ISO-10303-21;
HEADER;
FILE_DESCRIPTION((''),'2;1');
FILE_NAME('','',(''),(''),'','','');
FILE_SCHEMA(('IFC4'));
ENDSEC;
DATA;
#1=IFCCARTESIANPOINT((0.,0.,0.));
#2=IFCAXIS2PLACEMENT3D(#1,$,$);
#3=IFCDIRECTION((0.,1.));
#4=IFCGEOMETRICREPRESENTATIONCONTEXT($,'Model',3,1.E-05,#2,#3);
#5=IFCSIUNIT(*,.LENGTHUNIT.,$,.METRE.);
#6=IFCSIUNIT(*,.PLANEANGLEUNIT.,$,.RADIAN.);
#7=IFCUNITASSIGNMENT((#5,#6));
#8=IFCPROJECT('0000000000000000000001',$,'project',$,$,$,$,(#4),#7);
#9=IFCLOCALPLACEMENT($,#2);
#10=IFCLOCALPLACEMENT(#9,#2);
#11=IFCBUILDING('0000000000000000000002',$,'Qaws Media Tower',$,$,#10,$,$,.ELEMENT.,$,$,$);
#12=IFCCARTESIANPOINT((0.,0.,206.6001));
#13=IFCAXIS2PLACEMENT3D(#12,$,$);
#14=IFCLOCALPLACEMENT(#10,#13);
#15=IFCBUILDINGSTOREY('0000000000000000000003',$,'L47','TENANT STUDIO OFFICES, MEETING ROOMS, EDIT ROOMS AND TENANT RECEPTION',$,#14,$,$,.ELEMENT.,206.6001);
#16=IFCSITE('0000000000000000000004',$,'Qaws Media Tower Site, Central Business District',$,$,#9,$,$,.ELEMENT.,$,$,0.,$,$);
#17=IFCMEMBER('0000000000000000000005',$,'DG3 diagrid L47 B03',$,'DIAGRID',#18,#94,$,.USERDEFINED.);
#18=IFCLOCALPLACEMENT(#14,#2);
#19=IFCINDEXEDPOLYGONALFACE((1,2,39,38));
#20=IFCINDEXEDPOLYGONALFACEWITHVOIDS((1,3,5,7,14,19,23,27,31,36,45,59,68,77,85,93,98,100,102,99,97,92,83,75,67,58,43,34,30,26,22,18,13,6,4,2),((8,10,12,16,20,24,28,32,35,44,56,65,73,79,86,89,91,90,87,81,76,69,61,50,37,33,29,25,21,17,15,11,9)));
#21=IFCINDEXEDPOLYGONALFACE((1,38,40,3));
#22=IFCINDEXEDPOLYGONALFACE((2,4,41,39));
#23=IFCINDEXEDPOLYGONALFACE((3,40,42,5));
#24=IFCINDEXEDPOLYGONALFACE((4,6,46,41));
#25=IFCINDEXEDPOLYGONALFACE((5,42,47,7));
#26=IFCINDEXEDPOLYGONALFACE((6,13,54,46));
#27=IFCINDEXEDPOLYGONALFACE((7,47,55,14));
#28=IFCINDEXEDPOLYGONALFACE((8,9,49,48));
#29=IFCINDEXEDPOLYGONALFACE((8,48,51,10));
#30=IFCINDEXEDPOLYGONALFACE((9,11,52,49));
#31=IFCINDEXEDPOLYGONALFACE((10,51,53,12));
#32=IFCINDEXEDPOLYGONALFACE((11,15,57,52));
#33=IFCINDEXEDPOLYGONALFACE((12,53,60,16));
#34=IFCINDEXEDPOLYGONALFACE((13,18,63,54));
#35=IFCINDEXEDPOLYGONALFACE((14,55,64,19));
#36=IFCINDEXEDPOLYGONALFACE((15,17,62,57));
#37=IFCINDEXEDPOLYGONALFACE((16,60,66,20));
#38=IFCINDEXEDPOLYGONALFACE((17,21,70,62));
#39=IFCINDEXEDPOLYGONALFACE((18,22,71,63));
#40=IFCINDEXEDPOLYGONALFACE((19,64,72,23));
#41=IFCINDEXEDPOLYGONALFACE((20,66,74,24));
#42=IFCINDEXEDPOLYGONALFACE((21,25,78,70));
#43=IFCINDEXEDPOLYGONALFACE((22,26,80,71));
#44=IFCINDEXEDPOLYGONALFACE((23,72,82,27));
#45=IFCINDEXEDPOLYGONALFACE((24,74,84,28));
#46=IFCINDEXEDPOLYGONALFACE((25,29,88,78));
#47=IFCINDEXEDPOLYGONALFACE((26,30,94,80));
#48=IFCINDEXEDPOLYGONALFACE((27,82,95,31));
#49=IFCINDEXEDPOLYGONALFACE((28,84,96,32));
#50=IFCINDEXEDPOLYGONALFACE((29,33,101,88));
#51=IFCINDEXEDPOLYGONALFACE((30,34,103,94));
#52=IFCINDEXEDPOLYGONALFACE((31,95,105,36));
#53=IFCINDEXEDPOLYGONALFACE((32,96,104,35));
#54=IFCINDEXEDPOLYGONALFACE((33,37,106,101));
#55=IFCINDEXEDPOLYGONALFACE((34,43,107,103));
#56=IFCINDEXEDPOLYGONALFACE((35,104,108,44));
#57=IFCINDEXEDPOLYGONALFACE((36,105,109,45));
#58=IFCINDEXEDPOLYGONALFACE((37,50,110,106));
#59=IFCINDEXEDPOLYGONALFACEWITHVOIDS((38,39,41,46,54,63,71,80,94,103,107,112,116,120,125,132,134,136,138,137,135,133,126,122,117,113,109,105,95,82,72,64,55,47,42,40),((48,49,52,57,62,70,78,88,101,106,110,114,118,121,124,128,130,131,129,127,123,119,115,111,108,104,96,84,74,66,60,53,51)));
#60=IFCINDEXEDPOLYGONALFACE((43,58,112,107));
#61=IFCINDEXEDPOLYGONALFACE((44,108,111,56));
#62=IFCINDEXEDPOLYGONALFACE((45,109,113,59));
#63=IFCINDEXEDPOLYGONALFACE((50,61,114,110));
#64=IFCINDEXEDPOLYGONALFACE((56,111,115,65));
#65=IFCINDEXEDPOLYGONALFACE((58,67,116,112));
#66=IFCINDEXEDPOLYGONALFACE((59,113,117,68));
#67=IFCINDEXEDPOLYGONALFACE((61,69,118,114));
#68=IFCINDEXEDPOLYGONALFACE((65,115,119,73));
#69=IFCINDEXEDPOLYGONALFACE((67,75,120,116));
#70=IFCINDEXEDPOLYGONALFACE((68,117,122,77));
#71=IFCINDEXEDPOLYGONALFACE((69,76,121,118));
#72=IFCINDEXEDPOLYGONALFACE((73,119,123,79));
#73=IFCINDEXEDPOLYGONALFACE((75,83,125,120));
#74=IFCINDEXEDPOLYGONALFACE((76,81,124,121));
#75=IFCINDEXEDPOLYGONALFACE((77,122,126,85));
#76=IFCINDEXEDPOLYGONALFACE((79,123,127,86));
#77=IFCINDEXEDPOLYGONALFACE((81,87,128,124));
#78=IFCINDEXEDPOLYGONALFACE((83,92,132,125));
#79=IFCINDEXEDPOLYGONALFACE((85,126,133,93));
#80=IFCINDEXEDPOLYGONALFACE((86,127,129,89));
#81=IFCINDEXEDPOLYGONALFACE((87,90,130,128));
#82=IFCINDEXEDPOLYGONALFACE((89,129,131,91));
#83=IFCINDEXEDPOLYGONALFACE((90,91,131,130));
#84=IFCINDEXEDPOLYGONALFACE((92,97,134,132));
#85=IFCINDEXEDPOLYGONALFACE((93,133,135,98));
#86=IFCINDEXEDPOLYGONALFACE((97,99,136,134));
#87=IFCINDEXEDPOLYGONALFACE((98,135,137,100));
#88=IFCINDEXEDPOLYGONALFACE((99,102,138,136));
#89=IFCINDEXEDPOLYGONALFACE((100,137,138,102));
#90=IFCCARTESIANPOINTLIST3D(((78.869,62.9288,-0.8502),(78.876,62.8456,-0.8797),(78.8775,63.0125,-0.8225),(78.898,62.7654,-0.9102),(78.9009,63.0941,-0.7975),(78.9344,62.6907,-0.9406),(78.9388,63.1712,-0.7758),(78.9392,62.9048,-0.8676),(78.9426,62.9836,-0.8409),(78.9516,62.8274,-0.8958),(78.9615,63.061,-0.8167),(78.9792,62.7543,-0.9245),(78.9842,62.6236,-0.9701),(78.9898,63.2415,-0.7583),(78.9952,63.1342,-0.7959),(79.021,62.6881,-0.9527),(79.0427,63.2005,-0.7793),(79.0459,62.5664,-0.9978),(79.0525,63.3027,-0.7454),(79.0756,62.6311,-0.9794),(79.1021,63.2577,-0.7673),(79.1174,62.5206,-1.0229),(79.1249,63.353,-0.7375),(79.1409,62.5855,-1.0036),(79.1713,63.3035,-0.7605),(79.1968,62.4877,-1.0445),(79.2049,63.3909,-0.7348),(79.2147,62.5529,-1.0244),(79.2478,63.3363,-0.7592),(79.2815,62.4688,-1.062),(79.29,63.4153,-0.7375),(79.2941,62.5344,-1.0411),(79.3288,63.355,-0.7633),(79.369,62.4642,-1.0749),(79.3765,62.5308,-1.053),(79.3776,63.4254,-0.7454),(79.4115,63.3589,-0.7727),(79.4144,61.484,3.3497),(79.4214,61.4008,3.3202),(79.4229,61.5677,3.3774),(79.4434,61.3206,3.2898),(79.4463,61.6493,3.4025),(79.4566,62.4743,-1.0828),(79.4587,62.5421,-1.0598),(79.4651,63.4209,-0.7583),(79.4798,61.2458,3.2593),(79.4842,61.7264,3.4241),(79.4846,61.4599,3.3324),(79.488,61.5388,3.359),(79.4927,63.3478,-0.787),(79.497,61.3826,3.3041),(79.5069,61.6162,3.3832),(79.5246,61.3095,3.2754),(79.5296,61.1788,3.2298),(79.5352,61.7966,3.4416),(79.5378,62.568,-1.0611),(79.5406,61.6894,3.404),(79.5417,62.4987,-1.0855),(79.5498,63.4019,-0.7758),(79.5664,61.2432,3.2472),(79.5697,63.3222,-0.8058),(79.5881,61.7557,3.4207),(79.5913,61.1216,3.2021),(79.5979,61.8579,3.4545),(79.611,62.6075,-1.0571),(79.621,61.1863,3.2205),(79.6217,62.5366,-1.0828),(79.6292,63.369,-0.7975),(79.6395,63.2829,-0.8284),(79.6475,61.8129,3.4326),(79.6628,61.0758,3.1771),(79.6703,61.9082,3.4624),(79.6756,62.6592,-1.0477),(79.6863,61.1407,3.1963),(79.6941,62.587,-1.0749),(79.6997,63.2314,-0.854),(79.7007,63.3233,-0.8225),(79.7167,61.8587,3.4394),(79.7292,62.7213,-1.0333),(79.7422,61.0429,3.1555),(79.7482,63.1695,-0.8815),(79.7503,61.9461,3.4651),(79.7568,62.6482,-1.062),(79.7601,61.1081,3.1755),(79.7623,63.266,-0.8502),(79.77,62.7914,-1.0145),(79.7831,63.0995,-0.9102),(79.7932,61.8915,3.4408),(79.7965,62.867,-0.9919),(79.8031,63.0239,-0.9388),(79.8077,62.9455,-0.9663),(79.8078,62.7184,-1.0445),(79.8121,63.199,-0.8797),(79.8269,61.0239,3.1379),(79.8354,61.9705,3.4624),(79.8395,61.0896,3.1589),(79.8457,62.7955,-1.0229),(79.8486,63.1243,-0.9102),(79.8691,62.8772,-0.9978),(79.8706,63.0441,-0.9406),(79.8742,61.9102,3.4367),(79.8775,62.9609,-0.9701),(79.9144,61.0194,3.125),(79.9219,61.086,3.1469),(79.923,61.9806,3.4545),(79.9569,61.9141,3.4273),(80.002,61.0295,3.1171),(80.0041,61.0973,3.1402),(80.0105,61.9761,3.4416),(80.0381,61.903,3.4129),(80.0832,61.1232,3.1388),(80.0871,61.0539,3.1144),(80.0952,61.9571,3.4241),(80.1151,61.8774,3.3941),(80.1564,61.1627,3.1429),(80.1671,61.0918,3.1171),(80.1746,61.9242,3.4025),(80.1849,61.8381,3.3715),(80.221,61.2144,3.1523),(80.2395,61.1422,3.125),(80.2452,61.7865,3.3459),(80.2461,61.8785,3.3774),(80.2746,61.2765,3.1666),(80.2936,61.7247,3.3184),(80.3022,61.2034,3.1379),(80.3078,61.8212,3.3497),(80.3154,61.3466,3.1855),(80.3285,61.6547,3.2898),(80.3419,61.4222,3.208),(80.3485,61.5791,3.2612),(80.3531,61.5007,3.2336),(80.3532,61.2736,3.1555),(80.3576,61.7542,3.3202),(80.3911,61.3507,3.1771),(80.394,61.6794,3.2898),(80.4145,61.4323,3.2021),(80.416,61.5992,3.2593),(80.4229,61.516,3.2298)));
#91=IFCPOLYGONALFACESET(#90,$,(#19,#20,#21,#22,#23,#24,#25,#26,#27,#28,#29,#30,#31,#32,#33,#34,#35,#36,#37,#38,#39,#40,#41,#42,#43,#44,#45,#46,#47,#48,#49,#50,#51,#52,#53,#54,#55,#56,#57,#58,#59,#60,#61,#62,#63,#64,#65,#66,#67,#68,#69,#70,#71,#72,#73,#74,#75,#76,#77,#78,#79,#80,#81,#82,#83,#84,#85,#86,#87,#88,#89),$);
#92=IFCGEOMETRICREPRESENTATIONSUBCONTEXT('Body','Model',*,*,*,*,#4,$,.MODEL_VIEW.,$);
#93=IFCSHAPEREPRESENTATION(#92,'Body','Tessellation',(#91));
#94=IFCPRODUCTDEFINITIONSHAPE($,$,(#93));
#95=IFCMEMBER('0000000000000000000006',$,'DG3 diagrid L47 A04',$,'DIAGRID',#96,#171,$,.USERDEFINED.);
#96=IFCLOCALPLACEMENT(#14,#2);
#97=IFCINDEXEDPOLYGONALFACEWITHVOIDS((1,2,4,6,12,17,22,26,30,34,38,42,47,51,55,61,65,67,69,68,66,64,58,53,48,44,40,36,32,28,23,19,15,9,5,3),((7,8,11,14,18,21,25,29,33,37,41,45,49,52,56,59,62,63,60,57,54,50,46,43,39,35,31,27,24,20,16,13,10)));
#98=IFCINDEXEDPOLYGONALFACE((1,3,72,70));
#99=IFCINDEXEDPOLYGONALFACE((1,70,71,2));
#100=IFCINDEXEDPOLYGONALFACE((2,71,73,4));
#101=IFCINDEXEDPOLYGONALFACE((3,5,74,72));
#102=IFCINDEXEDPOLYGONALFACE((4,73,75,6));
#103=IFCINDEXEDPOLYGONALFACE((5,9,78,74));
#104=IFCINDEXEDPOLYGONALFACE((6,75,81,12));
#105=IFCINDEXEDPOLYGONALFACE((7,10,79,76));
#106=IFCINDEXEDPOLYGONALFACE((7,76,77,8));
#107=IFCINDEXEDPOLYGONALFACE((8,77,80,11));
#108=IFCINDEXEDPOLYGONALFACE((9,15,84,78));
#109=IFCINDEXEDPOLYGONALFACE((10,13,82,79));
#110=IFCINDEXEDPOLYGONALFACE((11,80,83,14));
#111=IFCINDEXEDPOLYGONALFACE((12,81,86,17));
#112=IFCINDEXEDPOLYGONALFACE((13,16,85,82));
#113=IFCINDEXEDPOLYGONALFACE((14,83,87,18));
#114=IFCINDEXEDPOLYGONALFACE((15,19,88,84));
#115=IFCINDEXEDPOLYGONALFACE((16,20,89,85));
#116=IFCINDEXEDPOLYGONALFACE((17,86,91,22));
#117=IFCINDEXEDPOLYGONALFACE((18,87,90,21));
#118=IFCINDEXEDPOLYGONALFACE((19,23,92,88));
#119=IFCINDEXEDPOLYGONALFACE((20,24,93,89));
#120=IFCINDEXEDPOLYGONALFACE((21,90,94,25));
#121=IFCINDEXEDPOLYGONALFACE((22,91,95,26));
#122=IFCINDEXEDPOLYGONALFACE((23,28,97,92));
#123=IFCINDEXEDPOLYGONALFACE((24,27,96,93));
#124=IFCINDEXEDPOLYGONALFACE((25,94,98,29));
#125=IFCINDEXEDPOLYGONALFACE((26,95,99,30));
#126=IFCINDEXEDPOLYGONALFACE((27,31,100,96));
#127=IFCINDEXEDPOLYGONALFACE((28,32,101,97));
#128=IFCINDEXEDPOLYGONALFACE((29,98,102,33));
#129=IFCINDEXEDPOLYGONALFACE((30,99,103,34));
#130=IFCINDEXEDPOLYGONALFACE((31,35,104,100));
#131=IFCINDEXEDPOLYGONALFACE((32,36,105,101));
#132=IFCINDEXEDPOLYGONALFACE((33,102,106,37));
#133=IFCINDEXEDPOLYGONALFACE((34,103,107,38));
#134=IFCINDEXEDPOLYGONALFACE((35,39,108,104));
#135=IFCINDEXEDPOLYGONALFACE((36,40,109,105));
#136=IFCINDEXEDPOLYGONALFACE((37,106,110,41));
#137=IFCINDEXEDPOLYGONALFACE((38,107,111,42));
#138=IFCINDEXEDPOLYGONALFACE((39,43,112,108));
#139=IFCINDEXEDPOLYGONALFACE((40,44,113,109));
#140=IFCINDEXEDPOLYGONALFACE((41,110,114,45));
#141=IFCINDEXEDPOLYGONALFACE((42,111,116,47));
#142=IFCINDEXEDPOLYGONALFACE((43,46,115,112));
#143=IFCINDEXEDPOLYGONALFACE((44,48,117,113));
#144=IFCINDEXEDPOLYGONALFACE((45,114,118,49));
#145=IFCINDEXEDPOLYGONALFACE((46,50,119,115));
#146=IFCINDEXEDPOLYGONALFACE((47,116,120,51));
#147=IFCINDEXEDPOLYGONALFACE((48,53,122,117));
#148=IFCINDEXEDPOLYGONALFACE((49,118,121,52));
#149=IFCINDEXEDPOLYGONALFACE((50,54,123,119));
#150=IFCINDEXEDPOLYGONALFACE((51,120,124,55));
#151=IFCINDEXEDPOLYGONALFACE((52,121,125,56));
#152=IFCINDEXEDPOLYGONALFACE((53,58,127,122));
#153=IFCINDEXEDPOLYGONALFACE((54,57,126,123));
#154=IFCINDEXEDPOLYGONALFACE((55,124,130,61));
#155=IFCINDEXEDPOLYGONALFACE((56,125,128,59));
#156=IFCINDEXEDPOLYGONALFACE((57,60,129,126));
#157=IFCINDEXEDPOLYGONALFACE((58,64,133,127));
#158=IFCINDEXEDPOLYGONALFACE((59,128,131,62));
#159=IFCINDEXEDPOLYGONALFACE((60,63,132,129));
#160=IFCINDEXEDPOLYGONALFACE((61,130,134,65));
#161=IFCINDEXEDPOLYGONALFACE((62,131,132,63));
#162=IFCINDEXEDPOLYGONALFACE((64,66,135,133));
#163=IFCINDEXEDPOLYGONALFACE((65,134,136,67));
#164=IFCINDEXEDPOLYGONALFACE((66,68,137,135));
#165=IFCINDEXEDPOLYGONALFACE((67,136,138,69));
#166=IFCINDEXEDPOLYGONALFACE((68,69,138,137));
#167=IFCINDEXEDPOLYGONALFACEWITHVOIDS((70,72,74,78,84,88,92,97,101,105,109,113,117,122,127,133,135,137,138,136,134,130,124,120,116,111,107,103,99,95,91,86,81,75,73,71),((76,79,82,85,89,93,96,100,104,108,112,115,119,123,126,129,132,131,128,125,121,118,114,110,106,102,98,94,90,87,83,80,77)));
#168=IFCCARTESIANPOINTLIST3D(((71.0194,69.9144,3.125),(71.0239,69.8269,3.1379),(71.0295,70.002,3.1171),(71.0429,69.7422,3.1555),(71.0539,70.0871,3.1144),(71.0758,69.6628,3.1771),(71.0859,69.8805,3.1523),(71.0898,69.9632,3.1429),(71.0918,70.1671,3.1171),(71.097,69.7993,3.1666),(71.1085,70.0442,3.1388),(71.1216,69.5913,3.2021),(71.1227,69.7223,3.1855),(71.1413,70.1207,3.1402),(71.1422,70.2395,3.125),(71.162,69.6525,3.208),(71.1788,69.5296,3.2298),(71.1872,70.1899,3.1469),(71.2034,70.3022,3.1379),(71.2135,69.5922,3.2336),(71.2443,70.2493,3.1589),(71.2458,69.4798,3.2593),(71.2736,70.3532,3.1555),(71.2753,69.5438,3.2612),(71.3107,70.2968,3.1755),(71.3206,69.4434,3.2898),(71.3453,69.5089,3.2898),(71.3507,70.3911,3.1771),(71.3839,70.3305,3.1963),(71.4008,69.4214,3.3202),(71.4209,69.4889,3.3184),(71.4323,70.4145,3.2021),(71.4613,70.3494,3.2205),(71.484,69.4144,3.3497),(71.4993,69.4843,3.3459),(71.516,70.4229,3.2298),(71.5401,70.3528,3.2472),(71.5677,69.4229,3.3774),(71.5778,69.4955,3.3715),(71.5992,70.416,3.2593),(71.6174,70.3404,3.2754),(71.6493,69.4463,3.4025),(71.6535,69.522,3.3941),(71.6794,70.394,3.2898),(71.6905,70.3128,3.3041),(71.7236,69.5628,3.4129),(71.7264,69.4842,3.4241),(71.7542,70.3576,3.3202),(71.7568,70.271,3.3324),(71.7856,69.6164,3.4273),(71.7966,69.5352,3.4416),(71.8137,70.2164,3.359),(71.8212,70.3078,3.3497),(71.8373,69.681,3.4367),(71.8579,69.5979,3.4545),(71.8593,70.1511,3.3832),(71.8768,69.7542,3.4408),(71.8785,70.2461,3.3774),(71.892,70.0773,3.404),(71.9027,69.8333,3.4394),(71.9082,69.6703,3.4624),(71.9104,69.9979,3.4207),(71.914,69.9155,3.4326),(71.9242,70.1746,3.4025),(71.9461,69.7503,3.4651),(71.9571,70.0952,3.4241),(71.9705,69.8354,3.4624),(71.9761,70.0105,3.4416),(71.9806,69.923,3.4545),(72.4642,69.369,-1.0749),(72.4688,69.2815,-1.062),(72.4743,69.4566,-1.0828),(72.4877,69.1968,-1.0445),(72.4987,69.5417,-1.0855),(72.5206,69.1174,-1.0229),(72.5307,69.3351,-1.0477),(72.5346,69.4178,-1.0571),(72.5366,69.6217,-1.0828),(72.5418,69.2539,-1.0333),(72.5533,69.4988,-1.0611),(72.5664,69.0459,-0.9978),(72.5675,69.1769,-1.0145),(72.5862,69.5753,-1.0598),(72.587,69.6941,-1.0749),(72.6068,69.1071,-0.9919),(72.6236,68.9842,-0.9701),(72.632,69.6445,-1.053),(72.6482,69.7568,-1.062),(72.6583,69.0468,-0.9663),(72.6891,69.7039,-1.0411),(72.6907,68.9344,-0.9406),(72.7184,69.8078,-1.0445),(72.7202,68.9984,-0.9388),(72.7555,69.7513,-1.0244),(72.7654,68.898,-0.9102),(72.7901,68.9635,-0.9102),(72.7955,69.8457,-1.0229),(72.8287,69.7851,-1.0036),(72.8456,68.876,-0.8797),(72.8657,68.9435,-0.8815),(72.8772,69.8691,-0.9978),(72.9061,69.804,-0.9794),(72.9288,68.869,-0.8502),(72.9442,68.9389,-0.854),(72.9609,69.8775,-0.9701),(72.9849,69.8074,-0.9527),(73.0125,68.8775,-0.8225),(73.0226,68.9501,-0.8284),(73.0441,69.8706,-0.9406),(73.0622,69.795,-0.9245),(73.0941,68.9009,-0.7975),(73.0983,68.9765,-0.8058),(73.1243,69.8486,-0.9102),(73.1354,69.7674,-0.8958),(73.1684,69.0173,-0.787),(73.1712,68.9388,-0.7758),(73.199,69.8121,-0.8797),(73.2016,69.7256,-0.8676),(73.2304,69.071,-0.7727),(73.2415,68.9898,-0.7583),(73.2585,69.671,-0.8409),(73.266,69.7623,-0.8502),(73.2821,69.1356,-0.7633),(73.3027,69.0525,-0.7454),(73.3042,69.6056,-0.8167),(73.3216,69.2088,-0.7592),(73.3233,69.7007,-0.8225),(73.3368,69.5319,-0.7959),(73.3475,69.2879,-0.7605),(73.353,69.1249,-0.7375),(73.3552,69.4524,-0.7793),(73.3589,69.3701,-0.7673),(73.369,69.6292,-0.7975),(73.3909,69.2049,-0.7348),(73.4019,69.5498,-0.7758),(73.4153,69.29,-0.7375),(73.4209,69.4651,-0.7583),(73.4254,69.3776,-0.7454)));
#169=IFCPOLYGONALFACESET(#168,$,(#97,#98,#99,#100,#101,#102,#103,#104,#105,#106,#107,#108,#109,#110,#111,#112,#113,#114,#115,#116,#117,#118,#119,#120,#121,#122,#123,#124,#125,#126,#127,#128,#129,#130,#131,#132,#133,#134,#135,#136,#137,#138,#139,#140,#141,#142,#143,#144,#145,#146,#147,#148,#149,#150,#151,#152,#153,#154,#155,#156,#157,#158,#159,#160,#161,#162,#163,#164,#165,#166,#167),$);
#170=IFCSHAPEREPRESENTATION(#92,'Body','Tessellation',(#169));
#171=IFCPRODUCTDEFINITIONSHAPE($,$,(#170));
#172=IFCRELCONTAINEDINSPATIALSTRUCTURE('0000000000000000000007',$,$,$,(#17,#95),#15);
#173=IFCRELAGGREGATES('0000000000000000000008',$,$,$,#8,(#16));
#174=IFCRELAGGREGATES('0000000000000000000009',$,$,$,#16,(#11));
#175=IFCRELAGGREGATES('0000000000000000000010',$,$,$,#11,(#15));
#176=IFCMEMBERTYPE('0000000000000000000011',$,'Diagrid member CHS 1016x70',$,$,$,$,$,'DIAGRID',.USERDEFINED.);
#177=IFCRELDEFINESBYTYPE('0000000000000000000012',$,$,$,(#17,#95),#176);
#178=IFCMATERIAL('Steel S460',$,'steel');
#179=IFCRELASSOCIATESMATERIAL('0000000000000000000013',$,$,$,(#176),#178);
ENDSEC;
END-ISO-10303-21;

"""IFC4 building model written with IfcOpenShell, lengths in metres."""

from ifc_helpers import new_model, si_unit, direction, frame, origin, origin_2d, place, context, subcontext, project, spatial, hollow_circle, extrude, material, material_profile, profile_set, type_object, element, save


model = new_model("IFC4")

# Units and contexts
model_context = context("Model", 3, precision=1e-05, world=origin(), true_north=direction((0.0, 1.0)))
body_context = subcontext(model_context, "Body", "Model", "MODEL_VIEW")
ifc_project = project(units=[si_unit("LENGTHUNIT", "METRE"), si_unit("PLANEANGLEUNIT", "RADIAN")], contexts=[model_context])

# Site, building, storey
site_placement = place(None, origin())
site = spatial("IfcSite", under=ifc_project, at=site_placement, Name="Qaws Media Tower Site, Central Business District", CompositionType="ELEMENT", RefElevation=0.0)
building_placement = place(site_placement, origin())
building = spatial("IfcBuilding", under=site, at=building_placement, Name="Qaws Media Tower", CompositionType="ELEMENT")
storey_placement = place(building_placement, frame((0.0, 0.0, 206.6001)))
storey = spatial("IfcBuildingStorey", under=building, at=storey_placement, Name="L47", Description="TENANT STUDIO OFFICES, MEETING ROOMS, EDIT ROOMS AND TENANT RECEPTION", CompositionType="ELEMENT", Elevation=206.6001)

# Members
ifc_material_1 = material(Name="Steel S460", Category="steel")
ifc_material_profile_1 = material_profile(ifc_material_1, hollow_circle(Radius=0.5081, WallThickness=0.0701, at=origin_2d()), Name="CHS 1016x70")
ifc_profile_set_1 = profile_set([ifc_material_profile_1], Name="Steel S460")
member_type_1 = type_object("IfcMemberType", Name="Diagrid member CHS 1016x70", ElementType="DIAGRID", PredefinedType="USERDEFINED", material=ifc_profile_set_1)
for number, where, z_axis, x_axis, name in (
    (1, (79.3733, 62.9448, -0.9102), (0.121883, -0.322874, 0.938561), (0.93556, 0.353167, 0.0), "DG3 diagrid L47 B03"),
    (2, (72.9448, 69.3733, -0.9102), (-0.322874, 0.121883, 0.938561), (-0.353167, -0.93556, 0.0), "DG3 diagrid L47 A04"),
):
    element("IfcMember", number, at=place(storey_placement, frame(where, z_axis=z_axis, x_axis=x_axis)), inside=storey, type_object=member_type_1, Name=name, ObjectType="DIAGRID", PredefinedType="USERDEFINED", context=body_context, shape_type="SweptSolid", body=[
        extrude(hollow_circle(Radius=0.5081, WallThickness=0.0701, at=origin_2d()), origin(), (0.0, 0.0, 1.0), 4.4749),
    ])

save(model, "model.ifc")
